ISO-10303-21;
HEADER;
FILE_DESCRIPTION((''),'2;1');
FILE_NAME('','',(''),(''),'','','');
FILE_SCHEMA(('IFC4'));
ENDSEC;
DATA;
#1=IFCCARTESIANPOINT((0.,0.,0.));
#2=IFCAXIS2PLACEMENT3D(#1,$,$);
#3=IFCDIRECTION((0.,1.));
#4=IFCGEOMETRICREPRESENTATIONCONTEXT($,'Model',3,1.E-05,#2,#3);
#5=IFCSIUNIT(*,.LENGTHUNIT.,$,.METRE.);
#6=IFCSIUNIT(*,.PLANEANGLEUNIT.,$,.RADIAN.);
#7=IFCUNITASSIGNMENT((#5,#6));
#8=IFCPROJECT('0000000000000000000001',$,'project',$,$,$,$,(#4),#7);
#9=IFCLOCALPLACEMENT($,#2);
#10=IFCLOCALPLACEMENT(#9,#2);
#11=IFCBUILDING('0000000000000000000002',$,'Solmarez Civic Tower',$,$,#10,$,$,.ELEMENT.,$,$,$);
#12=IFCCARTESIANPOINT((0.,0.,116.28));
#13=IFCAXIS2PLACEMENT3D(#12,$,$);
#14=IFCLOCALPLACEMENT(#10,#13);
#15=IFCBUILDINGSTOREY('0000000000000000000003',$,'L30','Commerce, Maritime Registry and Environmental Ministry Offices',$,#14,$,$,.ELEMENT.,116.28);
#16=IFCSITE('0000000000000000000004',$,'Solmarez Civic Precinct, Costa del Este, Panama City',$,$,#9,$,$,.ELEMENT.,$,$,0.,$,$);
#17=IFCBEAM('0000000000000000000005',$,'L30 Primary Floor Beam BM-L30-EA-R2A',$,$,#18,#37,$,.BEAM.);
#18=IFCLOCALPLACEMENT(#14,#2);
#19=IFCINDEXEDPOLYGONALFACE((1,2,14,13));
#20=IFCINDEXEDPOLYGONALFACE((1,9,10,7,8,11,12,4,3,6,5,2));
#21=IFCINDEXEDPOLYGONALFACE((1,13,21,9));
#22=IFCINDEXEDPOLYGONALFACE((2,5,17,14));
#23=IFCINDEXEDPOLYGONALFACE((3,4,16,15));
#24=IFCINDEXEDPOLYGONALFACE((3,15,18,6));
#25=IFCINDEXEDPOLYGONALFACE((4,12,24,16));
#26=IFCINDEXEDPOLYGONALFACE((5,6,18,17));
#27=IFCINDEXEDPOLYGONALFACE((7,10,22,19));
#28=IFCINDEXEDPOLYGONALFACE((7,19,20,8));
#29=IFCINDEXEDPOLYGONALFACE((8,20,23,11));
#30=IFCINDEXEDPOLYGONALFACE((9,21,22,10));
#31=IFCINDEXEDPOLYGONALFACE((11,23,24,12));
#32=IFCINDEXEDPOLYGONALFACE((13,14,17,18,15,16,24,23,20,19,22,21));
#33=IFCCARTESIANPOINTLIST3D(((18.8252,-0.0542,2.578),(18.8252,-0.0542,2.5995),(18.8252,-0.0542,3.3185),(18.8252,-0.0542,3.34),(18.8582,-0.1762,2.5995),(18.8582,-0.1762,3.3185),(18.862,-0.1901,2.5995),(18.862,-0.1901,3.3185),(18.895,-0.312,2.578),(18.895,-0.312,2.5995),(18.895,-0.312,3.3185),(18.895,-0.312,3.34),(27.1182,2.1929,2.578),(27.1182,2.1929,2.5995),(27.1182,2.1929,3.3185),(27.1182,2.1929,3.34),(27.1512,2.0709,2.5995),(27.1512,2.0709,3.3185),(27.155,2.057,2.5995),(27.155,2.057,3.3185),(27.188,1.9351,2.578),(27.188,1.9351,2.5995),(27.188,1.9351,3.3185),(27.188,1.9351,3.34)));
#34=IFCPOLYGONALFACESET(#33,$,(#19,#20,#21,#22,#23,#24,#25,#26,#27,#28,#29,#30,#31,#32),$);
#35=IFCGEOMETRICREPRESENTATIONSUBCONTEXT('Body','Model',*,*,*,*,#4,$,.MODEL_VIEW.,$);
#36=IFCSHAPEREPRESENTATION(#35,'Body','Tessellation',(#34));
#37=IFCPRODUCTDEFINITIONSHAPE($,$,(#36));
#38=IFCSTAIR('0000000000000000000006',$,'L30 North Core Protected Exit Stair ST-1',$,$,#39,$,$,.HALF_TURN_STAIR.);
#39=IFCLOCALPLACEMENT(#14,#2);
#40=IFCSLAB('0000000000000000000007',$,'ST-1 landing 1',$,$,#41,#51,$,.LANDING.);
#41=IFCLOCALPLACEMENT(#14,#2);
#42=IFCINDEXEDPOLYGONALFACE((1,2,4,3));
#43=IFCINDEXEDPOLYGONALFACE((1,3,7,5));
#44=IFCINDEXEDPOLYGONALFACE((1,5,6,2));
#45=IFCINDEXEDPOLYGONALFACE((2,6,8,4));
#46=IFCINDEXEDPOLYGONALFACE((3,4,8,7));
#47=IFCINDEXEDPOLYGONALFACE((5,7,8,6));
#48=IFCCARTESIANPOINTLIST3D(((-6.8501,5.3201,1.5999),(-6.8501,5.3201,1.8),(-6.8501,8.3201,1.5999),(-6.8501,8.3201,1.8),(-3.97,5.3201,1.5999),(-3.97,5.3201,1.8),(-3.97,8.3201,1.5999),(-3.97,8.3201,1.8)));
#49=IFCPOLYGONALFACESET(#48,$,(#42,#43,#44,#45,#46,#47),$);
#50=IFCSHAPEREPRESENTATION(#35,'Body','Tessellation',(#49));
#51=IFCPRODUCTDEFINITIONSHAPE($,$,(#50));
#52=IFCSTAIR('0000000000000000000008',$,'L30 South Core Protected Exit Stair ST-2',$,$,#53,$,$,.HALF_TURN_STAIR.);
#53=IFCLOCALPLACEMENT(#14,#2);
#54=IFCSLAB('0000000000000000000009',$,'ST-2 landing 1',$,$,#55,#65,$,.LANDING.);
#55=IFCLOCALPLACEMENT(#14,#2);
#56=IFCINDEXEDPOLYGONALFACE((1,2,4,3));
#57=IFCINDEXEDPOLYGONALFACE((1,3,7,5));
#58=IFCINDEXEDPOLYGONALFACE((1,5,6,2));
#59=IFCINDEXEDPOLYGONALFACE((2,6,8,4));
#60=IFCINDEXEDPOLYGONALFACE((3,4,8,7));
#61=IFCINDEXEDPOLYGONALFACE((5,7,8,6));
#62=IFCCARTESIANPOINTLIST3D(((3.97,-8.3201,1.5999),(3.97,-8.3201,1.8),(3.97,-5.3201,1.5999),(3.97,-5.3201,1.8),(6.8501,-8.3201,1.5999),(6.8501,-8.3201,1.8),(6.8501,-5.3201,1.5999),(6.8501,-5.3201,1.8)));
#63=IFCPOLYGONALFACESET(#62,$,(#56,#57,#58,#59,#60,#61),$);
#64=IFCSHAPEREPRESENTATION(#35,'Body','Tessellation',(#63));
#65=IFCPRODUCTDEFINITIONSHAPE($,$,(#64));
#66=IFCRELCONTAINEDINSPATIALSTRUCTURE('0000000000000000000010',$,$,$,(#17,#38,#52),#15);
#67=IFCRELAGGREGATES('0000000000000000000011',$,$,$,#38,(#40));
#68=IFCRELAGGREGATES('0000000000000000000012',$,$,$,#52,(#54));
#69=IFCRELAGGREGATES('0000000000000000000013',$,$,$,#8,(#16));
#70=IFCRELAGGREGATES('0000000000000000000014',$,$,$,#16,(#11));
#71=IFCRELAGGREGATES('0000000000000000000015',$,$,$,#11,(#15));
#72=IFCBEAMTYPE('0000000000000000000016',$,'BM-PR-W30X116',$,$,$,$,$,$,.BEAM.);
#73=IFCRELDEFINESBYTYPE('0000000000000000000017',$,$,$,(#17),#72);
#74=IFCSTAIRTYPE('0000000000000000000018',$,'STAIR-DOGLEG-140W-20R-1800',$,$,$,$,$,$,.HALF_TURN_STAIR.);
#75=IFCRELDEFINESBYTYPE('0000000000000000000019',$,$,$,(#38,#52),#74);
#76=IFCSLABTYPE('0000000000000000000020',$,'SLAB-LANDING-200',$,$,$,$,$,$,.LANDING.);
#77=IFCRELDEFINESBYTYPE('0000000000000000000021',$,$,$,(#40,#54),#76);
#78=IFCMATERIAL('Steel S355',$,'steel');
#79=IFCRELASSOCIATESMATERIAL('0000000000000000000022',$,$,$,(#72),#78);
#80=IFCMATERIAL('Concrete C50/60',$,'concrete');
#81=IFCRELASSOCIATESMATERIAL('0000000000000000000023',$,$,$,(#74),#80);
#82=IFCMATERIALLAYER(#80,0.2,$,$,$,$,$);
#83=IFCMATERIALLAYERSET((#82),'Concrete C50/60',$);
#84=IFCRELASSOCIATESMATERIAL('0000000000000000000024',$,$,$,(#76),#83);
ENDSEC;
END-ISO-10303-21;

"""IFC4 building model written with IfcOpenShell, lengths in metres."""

from ifc_helpers import new_model, si_unit, direction, frame, origin, origin_2d, place, context, subcontext, project, spatial, polyline, i_section, outline, extrude, material, layer, layer_set, material_profile, profile_set, type_object, element, aggregate, save


model = new_model("IFC4")

# Units and contexts
model_context = context("Model", 3, precision=1e-05, world=origin(), true_north=direction((0.0, 1.0)))
body_context = subcontext(model_context, "Body", "Model", "MODEL_VIEW")
ifc_project = project(units=[si_unit("LENGTHUNIT", "METRE"), si_unit("PLANEANGLEUNIT", "RADIAN")], contexts=[model_context])

# Site, building, storey
site_placement = place(None, origin())
site = spatial("IfcSite", under=ifc_project, at=site_placement, Name="Solmarez Civic Precinct, Costa del Este, Panama City", CompositionType="ELEMENT", RefElevation=0.0)
building_placement = place(site_placement, origin())
building = spatial("IfcBuilding", under=site, at=building_placement, Name="Solmarez Civic Tower", CompositionType="ELEMENT")
storey_placement = place(building_placement, frame((0.0, 0.0, 116.28)))
storey = spatial("IfcBuildingStorey", under=building, at=storey_placement, Name="L30", Description="Commerce, Maritime Registry and Environmental Ministry Offices", CompositionType="ELEMENT", Elevation=116.28)

# Shared definitions
ifc_material_1 = material(Name="Concrete C50/60", Category="concrete")

# Beam
ifc_material_2 = material(Name="Steel S355", Category="steel")
ifc_material_profile_1 = material_profile(ifc_material_2, i_section(OverallWidth=0.2671, OverallDepth=0.762, WebThickness=0.0144, FlangeThickness=0.0215, at=origin_2d()), Name="W30X116")
ifc_profile_set_1 = profile_set([ifc_material_profile_1], Name="Steel S355")
beam_type_1 = type_object("IfcBeamType", Name="BM-PR-W30X116", PredefinedType="BEAM", material=ifc_profile_set_1)
beam_1_placement = place(storey_placement, frame((18.8601, -0.1831, 2.959), z_axis=(0.965195, 0.26153, 0.0), x_axis=(-0.26153, 0.965195, 0.0)))
element("IfcBeam", 1, at=beam_1_placement, inside=storey, type_object=beam_type_1, Name="L30 Primary Floor Beam BM-L30-EA-R2A", PredefinedType="BEAM", context=body_context, shape_type="SweptSolid", body=[
    extrude(i_section(OverallWidth=0.2671, OverallDepth=0.762, WebThickness=0.0144, FlangeThickness=0.0215, at=origin_2d()), origin(), (0.0, 0.0, 1.0), 8.592),
])

# Stairs, slabs
stair_type = type_object("IfcStairType", Name="STAIR-DOGLEG-140W-20R-1800", PredefinedType="HALF_TURN_STAIR", material=ifc_material_1)
stair_1_placement = place(storey_placement, origin())
stair_1 = element("IfcStair", 2, at=stair_1_placement, inside=storey, type_object=stair_type, Name="L30 North Core Protected Exit Stair ST-1", PredefinedType="HALF_TURN_STAIR")
ifc_layer_1 = layer(ifc_material_1, 0.2)
ifc_layer_set_1 = layer_set([ifc_layer_1], Name="Concrete C50/60")
slab_type_1 = type_object("IfcSlabType", Name="SLAB-LANDING-200", PredefinedType="LANDING", material=ifc_layer_set_1)
slab_1_placement = place(storey_placement, frame((0.0, 0.0, 1.5999)))
slab_1 = element("IfcSlab", 3, at=slab_1_placement, type_object=slab_type_1, Name="ST-1 landing 1", PredefinedType="LANDING", context=body_context, shape_type="SweptSolid", body=[
    extrude(outline(polyline([(-3.97, 8.3201), (-6.8501, 8.3201), (-6.8501, 5.3201), (-3.97, 5.3201), (-3.97, 8.3201)])), origin(), (0.0, 0.0, 1.0), 0.2002),
])
aggregate(stair_1, [slab_1])
stair_2_placement = place(storey_placement, origin())
stair_2 = element("IfcStair", 4, at=stair_2_placement, inside=storey, type_object=stair_type, Name="L30 South Core Protected Exit Stair ST-2", PredefinedType="HALF_TURN_STAIR")
slab_2_placement = place(storey_placement, frame((0.0, 0.0, 1.5999)))
slab_2 = element("IfcSlab", 5, at=slab_2_placement, type_object=slab_type_1, Name="ST-2 landing 1", PredefinedType="LANDING", context=body_context, shape_type="SweptSolid", body=[
    extrude(outline(polyline([(3.97, -8.3201), (6.8501, -8.3201), (6.8501, -5.3201), (3.97, -5.3201), (3.97, -8.3201)])), origin(), (0.0, 0.0, 1.0), 0.2002),
])

aggregate(stair_2, [slab_2])

save(model, "model.ifc")
